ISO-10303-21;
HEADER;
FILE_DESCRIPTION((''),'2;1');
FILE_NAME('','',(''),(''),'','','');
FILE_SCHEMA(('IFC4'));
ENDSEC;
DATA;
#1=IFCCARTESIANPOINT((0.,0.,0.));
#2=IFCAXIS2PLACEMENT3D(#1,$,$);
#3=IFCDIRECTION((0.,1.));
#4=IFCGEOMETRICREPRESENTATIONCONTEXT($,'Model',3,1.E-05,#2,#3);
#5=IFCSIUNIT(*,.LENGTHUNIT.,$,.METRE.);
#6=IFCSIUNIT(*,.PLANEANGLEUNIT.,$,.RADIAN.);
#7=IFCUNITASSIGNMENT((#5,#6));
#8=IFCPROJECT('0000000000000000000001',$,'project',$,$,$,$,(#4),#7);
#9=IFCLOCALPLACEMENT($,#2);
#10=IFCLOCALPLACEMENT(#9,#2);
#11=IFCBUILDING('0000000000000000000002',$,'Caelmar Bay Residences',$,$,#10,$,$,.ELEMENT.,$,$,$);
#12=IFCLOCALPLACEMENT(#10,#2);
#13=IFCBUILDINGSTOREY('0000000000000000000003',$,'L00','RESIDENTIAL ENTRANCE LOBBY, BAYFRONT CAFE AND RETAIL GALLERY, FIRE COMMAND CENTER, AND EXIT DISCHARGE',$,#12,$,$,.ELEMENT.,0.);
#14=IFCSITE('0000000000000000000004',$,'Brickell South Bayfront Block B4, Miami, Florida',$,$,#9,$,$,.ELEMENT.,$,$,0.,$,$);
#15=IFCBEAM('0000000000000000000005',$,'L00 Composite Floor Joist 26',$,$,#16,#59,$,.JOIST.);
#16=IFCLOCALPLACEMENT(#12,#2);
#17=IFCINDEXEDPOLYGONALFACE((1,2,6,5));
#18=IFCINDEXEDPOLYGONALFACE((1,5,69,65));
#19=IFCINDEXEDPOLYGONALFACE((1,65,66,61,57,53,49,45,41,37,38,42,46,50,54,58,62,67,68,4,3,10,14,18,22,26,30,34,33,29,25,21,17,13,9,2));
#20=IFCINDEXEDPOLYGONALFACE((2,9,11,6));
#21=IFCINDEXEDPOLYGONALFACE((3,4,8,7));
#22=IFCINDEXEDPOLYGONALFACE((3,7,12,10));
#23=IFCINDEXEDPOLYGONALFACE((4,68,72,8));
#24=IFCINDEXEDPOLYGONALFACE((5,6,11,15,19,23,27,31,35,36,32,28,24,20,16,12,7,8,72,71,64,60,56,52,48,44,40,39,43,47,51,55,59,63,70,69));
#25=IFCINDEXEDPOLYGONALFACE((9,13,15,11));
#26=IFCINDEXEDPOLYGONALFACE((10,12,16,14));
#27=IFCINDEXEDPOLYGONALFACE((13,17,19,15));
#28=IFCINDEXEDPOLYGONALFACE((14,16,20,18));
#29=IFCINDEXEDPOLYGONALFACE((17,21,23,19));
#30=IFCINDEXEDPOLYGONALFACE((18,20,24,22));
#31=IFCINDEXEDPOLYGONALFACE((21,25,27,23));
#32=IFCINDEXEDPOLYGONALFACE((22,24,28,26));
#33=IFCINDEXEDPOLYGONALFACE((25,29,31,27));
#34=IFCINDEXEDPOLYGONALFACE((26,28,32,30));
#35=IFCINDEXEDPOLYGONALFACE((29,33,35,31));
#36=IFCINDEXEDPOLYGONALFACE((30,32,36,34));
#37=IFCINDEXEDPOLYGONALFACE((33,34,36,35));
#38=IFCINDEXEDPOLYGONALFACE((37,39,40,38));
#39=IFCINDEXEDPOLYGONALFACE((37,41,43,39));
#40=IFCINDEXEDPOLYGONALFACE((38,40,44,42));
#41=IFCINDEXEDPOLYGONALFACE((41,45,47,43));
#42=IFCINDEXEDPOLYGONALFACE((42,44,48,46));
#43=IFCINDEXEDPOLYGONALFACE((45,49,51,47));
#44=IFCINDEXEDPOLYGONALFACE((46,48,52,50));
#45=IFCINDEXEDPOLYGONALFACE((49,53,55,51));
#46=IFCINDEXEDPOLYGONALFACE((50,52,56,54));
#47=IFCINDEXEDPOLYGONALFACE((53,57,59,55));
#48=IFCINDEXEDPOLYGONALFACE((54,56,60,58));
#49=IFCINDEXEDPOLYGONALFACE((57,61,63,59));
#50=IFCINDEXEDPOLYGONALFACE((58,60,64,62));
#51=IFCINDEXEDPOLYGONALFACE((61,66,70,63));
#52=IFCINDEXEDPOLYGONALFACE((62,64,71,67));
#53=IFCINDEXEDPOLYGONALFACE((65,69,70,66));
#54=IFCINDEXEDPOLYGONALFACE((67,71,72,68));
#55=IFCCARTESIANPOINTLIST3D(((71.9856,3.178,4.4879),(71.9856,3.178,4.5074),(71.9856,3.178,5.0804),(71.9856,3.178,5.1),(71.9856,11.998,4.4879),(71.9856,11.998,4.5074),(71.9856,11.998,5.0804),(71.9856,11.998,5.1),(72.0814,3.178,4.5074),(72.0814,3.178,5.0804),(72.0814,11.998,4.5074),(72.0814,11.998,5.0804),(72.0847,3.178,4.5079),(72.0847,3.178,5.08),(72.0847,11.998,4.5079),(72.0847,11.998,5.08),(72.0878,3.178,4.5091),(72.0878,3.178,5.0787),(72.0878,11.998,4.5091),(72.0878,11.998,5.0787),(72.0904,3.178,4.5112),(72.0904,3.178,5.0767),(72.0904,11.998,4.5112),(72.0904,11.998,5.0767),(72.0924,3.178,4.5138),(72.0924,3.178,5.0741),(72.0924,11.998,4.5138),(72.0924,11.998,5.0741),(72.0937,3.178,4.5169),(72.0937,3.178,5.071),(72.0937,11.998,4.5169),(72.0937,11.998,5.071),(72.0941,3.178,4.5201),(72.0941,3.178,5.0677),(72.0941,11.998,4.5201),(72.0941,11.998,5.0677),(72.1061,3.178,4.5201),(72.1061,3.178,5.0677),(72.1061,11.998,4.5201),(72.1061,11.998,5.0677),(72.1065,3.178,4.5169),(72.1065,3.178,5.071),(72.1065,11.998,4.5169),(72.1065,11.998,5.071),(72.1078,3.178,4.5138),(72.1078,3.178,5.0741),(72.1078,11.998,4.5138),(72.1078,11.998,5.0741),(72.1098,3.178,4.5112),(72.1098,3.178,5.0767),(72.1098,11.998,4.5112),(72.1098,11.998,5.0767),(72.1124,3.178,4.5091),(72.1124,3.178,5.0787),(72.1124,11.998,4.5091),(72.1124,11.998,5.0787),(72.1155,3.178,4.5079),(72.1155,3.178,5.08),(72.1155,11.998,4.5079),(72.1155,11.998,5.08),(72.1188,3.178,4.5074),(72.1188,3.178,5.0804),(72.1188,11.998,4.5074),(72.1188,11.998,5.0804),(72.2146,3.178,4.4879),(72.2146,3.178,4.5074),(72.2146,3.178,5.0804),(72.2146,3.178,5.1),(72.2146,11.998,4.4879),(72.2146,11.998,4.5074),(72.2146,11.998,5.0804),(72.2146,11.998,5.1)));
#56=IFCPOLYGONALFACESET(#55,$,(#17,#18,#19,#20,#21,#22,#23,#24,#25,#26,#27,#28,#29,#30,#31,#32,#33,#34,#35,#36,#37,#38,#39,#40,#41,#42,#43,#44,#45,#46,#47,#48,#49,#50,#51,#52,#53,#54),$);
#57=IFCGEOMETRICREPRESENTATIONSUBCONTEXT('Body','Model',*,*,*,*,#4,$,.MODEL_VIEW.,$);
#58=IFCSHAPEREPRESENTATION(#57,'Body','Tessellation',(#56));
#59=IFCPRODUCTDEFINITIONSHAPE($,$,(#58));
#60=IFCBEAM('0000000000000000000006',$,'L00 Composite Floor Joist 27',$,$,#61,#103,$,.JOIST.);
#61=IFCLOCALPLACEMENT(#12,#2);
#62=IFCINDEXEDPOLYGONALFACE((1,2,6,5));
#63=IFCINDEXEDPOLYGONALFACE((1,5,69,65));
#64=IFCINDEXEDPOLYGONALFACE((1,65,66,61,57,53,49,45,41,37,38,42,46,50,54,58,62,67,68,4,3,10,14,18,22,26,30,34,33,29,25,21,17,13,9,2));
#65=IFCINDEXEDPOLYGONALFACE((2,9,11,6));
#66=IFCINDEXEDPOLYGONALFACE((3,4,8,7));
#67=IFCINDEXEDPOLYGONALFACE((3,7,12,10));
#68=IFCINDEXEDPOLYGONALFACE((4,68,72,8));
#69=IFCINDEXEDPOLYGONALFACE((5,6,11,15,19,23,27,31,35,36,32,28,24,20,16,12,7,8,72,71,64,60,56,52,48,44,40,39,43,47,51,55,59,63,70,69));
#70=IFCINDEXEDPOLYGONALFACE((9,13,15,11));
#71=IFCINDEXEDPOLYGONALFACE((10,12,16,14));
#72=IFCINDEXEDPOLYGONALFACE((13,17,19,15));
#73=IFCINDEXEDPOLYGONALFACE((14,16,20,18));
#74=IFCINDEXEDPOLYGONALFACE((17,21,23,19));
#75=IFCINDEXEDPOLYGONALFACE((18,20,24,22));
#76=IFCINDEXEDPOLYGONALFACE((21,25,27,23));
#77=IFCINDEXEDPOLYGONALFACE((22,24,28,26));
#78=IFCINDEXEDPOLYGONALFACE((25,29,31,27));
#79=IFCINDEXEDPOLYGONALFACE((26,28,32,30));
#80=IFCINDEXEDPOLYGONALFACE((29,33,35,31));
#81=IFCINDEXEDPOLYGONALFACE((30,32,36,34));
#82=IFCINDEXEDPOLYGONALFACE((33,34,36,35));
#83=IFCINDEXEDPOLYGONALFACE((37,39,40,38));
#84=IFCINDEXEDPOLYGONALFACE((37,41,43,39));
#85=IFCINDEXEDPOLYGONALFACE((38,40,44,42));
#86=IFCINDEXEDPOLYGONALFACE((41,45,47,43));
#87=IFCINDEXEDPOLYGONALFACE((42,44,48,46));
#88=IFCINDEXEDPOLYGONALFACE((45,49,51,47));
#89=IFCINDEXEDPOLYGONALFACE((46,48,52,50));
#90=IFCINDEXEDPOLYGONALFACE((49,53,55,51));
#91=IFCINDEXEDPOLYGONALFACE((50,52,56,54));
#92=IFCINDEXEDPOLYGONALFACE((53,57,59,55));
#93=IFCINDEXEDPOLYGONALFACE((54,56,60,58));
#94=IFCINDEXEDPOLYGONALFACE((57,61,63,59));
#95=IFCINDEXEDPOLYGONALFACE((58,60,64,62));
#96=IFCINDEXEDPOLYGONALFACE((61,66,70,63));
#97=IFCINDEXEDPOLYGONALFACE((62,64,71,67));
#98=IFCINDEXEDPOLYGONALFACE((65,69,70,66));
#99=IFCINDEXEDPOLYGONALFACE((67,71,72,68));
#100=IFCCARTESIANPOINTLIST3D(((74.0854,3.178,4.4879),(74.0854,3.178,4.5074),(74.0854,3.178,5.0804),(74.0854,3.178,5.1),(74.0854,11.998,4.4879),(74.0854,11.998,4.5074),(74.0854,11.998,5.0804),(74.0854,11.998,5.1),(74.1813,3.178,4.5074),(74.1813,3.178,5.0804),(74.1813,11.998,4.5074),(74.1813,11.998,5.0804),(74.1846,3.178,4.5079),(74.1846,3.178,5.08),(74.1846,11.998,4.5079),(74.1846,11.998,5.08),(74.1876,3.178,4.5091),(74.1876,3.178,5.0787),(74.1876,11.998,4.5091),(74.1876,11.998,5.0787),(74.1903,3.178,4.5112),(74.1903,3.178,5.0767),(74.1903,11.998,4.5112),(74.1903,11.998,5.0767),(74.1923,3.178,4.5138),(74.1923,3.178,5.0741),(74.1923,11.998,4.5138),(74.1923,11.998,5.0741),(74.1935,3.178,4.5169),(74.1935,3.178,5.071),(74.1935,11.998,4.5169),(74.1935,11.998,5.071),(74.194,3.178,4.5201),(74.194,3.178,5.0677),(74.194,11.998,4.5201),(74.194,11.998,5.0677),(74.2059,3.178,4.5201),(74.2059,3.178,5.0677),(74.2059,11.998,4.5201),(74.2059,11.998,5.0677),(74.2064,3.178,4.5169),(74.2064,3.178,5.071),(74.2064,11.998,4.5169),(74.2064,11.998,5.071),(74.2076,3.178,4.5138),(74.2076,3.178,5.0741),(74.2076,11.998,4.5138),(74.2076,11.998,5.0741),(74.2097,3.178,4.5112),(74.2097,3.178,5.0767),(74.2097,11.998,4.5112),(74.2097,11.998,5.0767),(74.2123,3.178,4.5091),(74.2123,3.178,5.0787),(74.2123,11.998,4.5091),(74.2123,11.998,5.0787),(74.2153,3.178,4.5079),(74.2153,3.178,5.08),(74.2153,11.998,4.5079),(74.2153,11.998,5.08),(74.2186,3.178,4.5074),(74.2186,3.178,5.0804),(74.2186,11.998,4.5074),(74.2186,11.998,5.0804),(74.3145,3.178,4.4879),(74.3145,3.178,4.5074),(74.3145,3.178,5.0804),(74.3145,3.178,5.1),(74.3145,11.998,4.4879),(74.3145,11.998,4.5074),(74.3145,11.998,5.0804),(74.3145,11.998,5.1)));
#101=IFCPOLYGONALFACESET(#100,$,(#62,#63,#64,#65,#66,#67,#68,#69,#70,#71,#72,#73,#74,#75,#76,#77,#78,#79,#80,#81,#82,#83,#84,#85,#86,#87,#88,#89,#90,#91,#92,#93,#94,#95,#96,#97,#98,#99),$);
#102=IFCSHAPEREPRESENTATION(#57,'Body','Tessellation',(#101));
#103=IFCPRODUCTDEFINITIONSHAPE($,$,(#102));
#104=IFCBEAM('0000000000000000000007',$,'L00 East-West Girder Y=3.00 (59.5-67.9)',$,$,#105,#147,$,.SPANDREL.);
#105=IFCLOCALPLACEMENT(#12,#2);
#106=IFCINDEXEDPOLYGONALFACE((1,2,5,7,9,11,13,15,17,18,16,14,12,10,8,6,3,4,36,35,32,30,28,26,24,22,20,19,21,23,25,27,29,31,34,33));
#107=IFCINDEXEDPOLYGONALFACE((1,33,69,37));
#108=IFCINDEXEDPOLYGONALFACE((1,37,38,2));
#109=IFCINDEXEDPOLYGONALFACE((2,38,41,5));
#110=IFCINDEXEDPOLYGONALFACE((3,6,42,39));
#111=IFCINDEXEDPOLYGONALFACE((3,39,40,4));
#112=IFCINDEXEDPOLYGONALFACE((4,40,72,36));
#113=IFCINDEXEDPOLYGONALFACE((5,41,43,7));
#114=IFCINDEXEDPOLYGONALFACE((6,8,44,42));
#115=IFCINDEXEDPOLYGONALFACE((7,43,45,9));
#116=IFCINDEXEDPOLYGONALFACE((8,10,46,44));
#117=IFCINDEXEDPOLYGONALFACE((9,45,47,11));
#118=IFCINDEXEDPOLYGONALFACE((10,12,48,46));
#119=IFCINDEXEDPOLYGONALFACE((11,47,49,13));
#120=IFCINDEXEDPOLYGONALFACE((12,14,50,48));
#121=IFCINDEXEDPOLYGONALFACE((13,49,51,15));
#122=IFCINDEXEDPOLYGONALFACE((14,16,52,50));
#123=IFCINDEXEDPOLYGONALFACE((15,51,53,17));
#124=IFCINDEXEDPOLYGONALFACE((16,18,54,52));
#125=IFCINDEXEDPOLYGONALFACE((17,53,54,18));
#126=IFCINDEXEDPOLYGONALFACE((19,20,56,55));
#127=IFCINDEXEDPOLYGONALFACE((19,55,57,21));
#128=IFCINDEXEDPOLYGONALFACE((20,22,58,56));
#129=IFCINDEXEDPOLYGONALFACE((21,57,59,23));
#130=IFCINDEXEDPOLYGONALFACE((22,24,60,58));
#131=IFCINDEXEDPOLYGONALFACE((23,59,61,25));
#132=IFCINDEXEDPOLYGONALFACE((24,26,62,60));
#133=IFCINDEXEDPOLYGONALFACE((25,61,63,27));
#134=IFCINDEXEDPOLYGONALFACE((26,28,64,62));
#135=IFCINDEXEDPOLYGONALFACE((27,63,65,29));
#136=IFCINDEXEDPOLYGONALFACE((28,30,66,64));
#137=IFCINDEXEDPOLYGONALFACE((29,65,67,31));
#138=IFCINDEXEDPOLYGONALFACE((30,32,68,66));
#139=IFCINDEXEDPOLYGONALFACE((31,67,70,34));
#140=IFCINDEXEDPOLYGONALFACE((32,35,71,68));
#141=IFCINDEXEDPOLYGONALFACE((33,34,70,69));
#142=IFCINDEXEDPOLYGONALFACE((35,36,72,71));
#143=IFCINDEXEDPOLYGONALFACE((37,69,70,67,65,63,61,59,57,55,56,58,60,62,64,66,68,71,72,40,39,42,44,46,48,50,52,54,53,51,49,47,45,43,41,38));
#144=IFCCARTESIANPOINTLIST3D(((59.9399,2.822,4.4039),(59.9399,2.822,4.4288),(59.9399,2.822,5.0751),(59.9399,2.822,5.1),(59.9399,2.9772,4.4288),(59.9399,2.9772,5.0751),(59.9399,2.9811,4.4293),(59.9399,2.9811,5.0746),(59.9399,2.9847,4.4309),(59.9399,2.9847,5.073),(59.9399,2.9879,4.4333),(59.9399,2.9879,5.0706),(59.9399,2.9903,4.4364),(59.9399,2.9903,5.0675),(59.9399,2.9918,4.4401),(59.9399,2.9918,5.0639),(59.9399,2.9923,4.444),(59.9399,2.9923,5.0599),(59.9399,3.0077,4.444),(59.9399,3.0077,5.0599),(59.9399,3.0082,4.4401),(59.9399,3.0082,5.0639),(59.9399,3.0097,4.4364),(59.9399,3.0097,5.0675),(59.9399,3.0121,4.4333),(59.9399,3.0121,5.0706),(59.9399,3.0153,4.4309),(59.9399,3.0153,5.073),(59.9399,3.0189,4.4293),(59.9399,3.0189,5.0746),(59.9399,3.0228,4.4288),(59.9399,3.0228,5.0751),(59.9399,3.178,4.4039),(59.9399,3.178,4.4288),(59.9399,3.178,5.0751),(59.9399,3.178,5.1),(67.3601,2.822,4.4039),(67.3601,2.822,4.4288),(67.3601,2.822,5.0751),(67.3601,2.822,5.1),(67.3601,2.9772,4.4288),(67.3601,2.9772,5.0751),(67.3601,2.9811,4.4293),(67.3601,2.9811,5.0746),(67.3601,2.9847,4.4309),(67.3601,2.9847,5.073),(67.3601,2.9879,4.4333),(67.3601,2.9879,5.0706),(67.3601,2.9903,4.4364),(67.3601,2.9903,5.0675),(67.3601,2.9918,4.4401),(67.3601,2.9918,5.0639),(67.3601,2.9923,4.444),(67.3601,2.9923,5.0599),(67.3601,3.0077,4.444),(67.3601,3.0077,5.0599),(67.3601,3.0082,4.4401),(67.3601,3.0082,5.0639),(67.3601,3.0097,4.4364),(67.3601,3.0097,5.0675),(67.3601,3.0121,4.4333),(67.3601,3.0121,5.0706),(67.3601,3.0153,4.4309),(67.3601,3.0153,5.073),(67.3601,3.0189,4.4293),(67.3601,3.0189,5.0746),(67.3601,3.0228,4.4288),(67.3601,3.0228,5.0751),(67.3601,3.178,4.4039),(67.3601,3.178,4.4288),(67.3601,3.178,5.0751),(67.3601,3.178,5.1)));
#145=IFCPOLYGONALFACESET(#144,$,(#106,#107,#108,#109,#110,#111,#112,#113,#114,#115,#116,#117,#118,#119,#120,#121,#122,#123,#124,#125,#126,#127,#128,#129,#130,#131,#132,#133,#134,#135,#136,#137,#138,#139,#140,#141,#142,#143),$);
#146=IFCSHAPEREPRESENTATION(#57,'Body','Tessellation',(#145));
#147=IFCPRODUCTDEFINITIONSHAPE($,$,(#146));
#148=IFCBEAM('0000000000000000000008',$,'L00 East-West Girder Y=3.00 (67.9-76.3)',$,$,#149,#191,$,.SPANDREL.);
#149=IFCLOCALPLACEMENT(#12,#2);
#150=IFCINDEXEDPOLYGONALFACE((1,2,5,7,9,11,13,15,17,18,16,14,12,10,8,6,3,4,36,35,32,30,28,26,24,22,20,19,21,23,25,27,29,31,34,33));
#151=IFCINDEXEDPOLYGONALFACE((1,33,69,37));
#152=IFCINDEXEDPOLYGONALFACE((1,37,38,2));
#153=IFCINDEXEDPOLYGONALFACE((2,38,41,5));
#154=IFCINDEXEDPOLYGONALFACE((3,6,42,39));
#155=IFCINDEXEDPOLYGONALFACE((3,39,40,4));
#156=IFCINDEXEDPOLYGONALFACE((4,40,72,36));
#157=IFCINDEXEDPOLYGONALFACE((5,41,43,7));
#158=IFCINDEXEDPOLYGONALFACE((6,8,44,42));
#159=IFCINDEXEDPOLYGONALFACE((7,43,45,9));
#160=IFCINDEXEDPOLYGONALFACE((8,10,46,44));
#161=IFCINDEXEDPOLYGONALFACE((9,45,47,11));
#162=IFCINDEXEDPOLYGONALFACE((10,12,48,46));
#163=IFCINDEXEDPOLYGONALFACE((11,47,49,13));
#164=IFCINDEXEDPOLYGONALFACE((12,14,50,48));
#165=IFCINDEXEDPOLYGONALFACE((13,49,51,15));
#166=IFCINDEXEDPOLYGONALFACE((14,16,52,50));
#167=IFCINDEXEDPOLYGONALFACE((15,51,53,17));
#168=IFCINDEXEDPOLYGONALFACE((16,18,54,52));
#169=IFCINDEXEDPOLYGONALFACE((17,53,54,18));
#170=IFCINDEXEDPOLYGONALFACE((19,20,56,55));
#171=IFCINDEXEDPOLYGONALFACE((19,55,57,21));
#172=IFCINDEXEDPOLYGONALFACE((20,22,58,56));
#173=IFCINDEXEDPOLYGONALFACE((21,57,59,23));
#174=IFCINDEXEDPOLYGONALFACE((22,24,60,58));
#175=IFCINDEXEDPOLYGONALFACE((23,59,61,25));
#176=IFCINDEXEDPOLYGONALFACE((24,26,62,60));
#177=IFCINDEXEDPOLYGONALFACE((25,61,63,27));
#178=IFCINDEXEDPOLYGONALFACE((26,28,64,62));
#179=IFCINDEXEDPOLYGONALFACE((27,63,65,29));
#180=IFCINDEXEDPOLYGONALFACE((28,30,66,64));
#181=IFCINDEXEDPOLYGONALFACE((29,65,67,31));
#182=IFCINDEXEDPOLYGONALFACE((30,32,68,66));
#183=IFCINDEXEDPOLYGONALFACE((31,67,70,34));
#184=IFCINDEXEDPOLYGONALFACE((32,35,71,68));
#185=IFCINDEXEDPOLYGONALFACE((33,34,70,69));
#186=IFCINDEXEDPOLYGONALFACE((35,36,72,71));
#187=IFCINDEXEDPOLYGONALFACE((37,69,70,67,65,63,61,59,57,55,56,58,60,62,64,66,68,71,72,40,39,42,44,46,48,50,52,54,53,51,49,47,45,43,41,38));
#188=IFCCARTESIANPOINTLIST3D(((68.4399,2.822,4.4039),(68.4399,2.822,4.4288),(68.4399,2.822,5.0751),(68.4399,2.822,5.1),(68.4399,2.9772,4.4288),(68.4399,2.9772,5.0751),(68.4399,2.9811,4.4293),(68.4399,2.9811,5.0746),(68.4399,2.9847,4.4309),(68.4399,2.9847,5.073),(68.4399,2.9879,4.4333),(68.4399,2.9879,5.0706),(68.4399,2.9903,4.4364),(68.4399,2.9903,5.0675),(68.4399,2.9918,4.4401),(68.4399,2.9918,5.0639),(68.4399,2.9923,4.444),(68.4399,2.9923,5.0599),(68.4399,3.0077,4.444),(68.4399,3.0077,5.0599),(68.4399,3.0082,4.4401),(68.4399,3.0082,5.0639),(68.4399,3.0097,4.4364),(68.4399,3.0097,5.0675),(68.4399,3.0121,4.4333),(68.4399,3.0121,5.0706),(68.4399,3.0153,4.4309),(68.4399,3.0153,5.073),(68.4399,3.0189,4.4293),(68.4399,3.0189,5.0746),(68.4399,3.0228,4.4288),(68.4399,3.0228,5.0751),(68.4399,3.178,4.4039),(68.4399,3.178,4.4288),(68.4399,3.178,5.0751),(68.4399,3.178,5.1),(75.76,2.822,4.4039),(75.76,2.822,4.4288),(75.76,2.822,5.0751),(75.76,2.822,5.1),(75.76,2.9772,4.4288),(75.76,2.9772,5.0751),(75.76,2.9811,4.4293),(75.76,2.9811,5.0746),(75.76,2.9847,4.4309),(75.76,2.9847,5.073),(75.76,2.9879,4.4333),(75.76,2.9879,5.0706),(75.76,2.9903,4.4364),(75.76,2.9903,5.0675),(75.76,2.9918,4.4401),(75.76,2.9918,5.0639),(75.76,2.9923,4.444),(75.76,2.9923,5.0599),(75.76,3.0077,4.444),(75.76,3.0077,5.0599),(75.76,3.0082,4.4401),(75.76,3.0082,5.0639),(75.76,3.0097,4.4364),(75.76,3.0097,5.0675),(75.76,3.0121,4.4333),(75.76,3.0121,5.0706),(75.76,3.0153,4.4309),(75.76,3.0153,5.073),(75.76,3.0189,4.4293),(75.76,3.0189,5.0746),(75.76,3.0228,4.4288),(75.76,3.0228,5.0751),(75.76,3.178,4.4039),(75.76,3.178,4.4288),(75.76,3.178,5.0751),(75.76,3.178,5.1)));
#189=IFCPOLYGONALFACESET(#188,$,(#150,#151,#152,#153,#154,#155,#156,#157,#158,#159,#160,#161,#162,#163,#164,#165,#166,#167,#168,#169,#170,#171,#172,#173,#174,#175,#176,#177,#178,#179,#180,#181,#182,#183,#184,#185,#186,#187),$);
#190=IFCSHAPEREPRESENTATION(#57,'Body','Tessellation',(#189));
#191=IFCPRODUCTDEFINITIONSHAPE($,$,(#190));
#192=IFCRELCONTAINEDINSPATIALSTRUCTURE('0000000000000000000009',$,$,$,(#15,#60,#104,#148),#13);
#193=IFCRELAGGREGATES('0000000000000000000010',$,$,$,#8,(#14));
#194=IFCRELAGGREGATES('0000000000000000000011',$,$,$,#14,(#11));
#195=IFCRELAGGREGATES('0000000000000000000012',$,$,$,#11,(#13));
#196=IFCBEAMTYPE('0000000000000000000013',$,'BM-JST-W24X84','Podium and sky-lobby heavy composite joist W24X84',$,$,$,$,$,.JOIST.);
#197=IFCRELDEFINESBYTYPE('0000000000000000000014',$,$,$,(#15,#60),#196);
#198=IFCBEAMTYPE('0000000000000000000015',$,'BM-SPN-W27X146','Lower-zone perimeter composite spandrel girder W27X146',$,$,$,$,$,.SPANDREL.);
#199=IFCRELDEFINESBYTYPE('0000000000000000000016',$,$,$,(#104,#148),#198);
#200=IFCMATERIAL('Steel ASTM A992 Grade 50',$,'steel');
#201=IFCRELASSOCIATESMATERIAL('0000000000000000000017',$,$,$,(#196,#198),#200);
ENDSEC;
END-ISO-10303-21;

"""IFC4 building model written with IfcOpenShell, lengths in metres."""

from ifc_helpers import new_model, si_unit, direction, frame, origin, origin_2d, place, context, subcontext, project, spatial, i_section, extrude, material, material_profile, profile_set, type_object, element, save


model = new_model("IFC4")

# Units and contexts
model_context = context("Model", 3, precision=1e-05, world=origin(), true_north=direction((0.0, 1.0)))
body_context = subcontext(model_context, "Body", "Model", "MODEL_VIEW")
ifc_project = project(units=[si_unit("LENGTHUNIT", "METRE"), si_unit("PLANEANGLEUNIT", "RADIAN")], contexts=[model_context])

# Site, building, storey
site_placement = place(None, origin())
site = spatial("IfcSite", under=ifc_project, at=site_placement, Name="Brickell South Bayfront Block B4, Miami, Florida", CompositionType="ELEMENT", RefElevation=0.0)
building_placement = place(site_placement, origin())
building = spatial("IfcBuilding", under=site, at=building_placement, Name="Caelmar Bay Residences", CompositionType="ELEMENT")
storey_placement = place(building_placement, origin())
storey = spatial("IfcBuildingStorey", under=building, at=storey_placement, Name="L00", Description="RESIDENTIAL ENTRANCE LOBBY, BAYFRONT CAFE AND RETAIL GALLERY, FIRE COMMAND CENTER, AND EXIT DISCHARGE", CompositionType="ELEMENT", Elevation=0.0)

# Beams
ifc_material_1 = material(Name="Steel ASTM A992 Grade 50", Category="steel")
ifc_material_profile_1 = material_profile(ifc_material_1, i_section(OverallWidth=0.229, OverallDepth=0.6121, WebThickness=0.012, FlangeThickness=0.0195, FilletRadius=0.0127, at=origin_2d()), Name="W24X84")
ifc_profile_set_1 = profile_set([ifc_material_profile_1], Name="Steel ASTM A992 Grade 50")
beam_type_1 = type_object("IfcBeamType", Name="BM-JST-W24X84", Description="Podium and sky-lobby heavy composite joist W24X84", PredefinedType="JOIST", material=ifc_profile_set_1)
for number, where, z_axis, x_axis, name in (
    (1, (72.1001, 3.178, 4.7939), (0.0, 1.0, 0.0), (-1.0, 0.0, 0.0), "L00 Composite Floor Joist 26"),
    (2, (74.2, 3.178, 4.7939), (0.0, 1.0, 0.0), (-1.0, 0.0, 0.0), "L00 Composite Floor Joist 27"),
):
    element("IfcBeam", number, at=place(storey_placement, frame(where, z_axis=z_axis, x_axis=x_axis)), inside=storey, type_object=beam_type_1, Name=name, PredefinedType="JOIST", context=body_context, shape_type="SweptSolid", body=[
        extrude(i_section(OverallWidth=0.229, OverallDepth=0.6121, WebThickness=0.012, FlangeThickness=0.0195, FilletRadius=0.0127, at=origin_2d()), origin(), (0.0, 0.0, 1.0), 8.8201),
    ])
ifc_material_profile_2 = material_profile(ifc_material_1, i_section(OverallWidth=0.356, OverallDepth=0.696, WebThickness=0.0154, FlangeThickness=0.0249, FilletRadius=0.0151, at=origin_2d()), Name="W27X146")
ifc_profile_set_2 = profile_set([ifc_material_profile_2], Name="Steel ASTM A992 Grade 50")
beam_type_2 = type_object("IfcBeamType", Name="BM-SPN-W27X146", Description="Lower-zone perimeter composite spandrel girder W27X146", PredefinedType="SPANDREL", material=ifc_profile_set_2)
beam_1_placement = place(storey_placement, frame((59.9399, 3.0, 4.752), z_axis=(1.0, 0.0, 0.0), x_axis=(0.0, 1.0, 0.0)))
element("IfcBeam", 3, at=beam_1_placement, inside=storey, type_object=beam_type_2, Name="L00 East-West Girder Y=3.00 (59.5-67.9)", PredefinedType="SPANDREL", context=body_context, shape_type="SweptSolid", body=[
    extrude(i_section(OverallWidth=0.356, OverallDepth=0.696, WebThickness=0.0154, FlangeThickness=0.0249, FilletRadius=0.0151, at=origin_2d()), origin(), (0.0, 0.0, 1.0), 7.4202),
])
beam_2_placement = place(storey_placement, frame((68.4399, 3.0, 4.752), z_axis=(1.0, 0.0, 0.0), x_axis=(0.0, 1.0, 0.0)))
element("IfcBeam", 4, at=beam_2_placement, inside=storey, type_object=beam_type_2, Name="L00 East-West Girder Y=3.00 (67.9-76.3)", PredefinedType="SPANDREL", context=body_context, shape_type="SweptSolid", body=[
    extrude(i_section(OverallWidth=0.356, OverallDepth=0.696, WebThickness=0.0154, FlangeThickness=0.0249, FilletRadius=0.0151, at=origin_2d()), origin(), (0.0, 0.0, 1.0), 7.3201),
])

save(model, "model.ifc")
